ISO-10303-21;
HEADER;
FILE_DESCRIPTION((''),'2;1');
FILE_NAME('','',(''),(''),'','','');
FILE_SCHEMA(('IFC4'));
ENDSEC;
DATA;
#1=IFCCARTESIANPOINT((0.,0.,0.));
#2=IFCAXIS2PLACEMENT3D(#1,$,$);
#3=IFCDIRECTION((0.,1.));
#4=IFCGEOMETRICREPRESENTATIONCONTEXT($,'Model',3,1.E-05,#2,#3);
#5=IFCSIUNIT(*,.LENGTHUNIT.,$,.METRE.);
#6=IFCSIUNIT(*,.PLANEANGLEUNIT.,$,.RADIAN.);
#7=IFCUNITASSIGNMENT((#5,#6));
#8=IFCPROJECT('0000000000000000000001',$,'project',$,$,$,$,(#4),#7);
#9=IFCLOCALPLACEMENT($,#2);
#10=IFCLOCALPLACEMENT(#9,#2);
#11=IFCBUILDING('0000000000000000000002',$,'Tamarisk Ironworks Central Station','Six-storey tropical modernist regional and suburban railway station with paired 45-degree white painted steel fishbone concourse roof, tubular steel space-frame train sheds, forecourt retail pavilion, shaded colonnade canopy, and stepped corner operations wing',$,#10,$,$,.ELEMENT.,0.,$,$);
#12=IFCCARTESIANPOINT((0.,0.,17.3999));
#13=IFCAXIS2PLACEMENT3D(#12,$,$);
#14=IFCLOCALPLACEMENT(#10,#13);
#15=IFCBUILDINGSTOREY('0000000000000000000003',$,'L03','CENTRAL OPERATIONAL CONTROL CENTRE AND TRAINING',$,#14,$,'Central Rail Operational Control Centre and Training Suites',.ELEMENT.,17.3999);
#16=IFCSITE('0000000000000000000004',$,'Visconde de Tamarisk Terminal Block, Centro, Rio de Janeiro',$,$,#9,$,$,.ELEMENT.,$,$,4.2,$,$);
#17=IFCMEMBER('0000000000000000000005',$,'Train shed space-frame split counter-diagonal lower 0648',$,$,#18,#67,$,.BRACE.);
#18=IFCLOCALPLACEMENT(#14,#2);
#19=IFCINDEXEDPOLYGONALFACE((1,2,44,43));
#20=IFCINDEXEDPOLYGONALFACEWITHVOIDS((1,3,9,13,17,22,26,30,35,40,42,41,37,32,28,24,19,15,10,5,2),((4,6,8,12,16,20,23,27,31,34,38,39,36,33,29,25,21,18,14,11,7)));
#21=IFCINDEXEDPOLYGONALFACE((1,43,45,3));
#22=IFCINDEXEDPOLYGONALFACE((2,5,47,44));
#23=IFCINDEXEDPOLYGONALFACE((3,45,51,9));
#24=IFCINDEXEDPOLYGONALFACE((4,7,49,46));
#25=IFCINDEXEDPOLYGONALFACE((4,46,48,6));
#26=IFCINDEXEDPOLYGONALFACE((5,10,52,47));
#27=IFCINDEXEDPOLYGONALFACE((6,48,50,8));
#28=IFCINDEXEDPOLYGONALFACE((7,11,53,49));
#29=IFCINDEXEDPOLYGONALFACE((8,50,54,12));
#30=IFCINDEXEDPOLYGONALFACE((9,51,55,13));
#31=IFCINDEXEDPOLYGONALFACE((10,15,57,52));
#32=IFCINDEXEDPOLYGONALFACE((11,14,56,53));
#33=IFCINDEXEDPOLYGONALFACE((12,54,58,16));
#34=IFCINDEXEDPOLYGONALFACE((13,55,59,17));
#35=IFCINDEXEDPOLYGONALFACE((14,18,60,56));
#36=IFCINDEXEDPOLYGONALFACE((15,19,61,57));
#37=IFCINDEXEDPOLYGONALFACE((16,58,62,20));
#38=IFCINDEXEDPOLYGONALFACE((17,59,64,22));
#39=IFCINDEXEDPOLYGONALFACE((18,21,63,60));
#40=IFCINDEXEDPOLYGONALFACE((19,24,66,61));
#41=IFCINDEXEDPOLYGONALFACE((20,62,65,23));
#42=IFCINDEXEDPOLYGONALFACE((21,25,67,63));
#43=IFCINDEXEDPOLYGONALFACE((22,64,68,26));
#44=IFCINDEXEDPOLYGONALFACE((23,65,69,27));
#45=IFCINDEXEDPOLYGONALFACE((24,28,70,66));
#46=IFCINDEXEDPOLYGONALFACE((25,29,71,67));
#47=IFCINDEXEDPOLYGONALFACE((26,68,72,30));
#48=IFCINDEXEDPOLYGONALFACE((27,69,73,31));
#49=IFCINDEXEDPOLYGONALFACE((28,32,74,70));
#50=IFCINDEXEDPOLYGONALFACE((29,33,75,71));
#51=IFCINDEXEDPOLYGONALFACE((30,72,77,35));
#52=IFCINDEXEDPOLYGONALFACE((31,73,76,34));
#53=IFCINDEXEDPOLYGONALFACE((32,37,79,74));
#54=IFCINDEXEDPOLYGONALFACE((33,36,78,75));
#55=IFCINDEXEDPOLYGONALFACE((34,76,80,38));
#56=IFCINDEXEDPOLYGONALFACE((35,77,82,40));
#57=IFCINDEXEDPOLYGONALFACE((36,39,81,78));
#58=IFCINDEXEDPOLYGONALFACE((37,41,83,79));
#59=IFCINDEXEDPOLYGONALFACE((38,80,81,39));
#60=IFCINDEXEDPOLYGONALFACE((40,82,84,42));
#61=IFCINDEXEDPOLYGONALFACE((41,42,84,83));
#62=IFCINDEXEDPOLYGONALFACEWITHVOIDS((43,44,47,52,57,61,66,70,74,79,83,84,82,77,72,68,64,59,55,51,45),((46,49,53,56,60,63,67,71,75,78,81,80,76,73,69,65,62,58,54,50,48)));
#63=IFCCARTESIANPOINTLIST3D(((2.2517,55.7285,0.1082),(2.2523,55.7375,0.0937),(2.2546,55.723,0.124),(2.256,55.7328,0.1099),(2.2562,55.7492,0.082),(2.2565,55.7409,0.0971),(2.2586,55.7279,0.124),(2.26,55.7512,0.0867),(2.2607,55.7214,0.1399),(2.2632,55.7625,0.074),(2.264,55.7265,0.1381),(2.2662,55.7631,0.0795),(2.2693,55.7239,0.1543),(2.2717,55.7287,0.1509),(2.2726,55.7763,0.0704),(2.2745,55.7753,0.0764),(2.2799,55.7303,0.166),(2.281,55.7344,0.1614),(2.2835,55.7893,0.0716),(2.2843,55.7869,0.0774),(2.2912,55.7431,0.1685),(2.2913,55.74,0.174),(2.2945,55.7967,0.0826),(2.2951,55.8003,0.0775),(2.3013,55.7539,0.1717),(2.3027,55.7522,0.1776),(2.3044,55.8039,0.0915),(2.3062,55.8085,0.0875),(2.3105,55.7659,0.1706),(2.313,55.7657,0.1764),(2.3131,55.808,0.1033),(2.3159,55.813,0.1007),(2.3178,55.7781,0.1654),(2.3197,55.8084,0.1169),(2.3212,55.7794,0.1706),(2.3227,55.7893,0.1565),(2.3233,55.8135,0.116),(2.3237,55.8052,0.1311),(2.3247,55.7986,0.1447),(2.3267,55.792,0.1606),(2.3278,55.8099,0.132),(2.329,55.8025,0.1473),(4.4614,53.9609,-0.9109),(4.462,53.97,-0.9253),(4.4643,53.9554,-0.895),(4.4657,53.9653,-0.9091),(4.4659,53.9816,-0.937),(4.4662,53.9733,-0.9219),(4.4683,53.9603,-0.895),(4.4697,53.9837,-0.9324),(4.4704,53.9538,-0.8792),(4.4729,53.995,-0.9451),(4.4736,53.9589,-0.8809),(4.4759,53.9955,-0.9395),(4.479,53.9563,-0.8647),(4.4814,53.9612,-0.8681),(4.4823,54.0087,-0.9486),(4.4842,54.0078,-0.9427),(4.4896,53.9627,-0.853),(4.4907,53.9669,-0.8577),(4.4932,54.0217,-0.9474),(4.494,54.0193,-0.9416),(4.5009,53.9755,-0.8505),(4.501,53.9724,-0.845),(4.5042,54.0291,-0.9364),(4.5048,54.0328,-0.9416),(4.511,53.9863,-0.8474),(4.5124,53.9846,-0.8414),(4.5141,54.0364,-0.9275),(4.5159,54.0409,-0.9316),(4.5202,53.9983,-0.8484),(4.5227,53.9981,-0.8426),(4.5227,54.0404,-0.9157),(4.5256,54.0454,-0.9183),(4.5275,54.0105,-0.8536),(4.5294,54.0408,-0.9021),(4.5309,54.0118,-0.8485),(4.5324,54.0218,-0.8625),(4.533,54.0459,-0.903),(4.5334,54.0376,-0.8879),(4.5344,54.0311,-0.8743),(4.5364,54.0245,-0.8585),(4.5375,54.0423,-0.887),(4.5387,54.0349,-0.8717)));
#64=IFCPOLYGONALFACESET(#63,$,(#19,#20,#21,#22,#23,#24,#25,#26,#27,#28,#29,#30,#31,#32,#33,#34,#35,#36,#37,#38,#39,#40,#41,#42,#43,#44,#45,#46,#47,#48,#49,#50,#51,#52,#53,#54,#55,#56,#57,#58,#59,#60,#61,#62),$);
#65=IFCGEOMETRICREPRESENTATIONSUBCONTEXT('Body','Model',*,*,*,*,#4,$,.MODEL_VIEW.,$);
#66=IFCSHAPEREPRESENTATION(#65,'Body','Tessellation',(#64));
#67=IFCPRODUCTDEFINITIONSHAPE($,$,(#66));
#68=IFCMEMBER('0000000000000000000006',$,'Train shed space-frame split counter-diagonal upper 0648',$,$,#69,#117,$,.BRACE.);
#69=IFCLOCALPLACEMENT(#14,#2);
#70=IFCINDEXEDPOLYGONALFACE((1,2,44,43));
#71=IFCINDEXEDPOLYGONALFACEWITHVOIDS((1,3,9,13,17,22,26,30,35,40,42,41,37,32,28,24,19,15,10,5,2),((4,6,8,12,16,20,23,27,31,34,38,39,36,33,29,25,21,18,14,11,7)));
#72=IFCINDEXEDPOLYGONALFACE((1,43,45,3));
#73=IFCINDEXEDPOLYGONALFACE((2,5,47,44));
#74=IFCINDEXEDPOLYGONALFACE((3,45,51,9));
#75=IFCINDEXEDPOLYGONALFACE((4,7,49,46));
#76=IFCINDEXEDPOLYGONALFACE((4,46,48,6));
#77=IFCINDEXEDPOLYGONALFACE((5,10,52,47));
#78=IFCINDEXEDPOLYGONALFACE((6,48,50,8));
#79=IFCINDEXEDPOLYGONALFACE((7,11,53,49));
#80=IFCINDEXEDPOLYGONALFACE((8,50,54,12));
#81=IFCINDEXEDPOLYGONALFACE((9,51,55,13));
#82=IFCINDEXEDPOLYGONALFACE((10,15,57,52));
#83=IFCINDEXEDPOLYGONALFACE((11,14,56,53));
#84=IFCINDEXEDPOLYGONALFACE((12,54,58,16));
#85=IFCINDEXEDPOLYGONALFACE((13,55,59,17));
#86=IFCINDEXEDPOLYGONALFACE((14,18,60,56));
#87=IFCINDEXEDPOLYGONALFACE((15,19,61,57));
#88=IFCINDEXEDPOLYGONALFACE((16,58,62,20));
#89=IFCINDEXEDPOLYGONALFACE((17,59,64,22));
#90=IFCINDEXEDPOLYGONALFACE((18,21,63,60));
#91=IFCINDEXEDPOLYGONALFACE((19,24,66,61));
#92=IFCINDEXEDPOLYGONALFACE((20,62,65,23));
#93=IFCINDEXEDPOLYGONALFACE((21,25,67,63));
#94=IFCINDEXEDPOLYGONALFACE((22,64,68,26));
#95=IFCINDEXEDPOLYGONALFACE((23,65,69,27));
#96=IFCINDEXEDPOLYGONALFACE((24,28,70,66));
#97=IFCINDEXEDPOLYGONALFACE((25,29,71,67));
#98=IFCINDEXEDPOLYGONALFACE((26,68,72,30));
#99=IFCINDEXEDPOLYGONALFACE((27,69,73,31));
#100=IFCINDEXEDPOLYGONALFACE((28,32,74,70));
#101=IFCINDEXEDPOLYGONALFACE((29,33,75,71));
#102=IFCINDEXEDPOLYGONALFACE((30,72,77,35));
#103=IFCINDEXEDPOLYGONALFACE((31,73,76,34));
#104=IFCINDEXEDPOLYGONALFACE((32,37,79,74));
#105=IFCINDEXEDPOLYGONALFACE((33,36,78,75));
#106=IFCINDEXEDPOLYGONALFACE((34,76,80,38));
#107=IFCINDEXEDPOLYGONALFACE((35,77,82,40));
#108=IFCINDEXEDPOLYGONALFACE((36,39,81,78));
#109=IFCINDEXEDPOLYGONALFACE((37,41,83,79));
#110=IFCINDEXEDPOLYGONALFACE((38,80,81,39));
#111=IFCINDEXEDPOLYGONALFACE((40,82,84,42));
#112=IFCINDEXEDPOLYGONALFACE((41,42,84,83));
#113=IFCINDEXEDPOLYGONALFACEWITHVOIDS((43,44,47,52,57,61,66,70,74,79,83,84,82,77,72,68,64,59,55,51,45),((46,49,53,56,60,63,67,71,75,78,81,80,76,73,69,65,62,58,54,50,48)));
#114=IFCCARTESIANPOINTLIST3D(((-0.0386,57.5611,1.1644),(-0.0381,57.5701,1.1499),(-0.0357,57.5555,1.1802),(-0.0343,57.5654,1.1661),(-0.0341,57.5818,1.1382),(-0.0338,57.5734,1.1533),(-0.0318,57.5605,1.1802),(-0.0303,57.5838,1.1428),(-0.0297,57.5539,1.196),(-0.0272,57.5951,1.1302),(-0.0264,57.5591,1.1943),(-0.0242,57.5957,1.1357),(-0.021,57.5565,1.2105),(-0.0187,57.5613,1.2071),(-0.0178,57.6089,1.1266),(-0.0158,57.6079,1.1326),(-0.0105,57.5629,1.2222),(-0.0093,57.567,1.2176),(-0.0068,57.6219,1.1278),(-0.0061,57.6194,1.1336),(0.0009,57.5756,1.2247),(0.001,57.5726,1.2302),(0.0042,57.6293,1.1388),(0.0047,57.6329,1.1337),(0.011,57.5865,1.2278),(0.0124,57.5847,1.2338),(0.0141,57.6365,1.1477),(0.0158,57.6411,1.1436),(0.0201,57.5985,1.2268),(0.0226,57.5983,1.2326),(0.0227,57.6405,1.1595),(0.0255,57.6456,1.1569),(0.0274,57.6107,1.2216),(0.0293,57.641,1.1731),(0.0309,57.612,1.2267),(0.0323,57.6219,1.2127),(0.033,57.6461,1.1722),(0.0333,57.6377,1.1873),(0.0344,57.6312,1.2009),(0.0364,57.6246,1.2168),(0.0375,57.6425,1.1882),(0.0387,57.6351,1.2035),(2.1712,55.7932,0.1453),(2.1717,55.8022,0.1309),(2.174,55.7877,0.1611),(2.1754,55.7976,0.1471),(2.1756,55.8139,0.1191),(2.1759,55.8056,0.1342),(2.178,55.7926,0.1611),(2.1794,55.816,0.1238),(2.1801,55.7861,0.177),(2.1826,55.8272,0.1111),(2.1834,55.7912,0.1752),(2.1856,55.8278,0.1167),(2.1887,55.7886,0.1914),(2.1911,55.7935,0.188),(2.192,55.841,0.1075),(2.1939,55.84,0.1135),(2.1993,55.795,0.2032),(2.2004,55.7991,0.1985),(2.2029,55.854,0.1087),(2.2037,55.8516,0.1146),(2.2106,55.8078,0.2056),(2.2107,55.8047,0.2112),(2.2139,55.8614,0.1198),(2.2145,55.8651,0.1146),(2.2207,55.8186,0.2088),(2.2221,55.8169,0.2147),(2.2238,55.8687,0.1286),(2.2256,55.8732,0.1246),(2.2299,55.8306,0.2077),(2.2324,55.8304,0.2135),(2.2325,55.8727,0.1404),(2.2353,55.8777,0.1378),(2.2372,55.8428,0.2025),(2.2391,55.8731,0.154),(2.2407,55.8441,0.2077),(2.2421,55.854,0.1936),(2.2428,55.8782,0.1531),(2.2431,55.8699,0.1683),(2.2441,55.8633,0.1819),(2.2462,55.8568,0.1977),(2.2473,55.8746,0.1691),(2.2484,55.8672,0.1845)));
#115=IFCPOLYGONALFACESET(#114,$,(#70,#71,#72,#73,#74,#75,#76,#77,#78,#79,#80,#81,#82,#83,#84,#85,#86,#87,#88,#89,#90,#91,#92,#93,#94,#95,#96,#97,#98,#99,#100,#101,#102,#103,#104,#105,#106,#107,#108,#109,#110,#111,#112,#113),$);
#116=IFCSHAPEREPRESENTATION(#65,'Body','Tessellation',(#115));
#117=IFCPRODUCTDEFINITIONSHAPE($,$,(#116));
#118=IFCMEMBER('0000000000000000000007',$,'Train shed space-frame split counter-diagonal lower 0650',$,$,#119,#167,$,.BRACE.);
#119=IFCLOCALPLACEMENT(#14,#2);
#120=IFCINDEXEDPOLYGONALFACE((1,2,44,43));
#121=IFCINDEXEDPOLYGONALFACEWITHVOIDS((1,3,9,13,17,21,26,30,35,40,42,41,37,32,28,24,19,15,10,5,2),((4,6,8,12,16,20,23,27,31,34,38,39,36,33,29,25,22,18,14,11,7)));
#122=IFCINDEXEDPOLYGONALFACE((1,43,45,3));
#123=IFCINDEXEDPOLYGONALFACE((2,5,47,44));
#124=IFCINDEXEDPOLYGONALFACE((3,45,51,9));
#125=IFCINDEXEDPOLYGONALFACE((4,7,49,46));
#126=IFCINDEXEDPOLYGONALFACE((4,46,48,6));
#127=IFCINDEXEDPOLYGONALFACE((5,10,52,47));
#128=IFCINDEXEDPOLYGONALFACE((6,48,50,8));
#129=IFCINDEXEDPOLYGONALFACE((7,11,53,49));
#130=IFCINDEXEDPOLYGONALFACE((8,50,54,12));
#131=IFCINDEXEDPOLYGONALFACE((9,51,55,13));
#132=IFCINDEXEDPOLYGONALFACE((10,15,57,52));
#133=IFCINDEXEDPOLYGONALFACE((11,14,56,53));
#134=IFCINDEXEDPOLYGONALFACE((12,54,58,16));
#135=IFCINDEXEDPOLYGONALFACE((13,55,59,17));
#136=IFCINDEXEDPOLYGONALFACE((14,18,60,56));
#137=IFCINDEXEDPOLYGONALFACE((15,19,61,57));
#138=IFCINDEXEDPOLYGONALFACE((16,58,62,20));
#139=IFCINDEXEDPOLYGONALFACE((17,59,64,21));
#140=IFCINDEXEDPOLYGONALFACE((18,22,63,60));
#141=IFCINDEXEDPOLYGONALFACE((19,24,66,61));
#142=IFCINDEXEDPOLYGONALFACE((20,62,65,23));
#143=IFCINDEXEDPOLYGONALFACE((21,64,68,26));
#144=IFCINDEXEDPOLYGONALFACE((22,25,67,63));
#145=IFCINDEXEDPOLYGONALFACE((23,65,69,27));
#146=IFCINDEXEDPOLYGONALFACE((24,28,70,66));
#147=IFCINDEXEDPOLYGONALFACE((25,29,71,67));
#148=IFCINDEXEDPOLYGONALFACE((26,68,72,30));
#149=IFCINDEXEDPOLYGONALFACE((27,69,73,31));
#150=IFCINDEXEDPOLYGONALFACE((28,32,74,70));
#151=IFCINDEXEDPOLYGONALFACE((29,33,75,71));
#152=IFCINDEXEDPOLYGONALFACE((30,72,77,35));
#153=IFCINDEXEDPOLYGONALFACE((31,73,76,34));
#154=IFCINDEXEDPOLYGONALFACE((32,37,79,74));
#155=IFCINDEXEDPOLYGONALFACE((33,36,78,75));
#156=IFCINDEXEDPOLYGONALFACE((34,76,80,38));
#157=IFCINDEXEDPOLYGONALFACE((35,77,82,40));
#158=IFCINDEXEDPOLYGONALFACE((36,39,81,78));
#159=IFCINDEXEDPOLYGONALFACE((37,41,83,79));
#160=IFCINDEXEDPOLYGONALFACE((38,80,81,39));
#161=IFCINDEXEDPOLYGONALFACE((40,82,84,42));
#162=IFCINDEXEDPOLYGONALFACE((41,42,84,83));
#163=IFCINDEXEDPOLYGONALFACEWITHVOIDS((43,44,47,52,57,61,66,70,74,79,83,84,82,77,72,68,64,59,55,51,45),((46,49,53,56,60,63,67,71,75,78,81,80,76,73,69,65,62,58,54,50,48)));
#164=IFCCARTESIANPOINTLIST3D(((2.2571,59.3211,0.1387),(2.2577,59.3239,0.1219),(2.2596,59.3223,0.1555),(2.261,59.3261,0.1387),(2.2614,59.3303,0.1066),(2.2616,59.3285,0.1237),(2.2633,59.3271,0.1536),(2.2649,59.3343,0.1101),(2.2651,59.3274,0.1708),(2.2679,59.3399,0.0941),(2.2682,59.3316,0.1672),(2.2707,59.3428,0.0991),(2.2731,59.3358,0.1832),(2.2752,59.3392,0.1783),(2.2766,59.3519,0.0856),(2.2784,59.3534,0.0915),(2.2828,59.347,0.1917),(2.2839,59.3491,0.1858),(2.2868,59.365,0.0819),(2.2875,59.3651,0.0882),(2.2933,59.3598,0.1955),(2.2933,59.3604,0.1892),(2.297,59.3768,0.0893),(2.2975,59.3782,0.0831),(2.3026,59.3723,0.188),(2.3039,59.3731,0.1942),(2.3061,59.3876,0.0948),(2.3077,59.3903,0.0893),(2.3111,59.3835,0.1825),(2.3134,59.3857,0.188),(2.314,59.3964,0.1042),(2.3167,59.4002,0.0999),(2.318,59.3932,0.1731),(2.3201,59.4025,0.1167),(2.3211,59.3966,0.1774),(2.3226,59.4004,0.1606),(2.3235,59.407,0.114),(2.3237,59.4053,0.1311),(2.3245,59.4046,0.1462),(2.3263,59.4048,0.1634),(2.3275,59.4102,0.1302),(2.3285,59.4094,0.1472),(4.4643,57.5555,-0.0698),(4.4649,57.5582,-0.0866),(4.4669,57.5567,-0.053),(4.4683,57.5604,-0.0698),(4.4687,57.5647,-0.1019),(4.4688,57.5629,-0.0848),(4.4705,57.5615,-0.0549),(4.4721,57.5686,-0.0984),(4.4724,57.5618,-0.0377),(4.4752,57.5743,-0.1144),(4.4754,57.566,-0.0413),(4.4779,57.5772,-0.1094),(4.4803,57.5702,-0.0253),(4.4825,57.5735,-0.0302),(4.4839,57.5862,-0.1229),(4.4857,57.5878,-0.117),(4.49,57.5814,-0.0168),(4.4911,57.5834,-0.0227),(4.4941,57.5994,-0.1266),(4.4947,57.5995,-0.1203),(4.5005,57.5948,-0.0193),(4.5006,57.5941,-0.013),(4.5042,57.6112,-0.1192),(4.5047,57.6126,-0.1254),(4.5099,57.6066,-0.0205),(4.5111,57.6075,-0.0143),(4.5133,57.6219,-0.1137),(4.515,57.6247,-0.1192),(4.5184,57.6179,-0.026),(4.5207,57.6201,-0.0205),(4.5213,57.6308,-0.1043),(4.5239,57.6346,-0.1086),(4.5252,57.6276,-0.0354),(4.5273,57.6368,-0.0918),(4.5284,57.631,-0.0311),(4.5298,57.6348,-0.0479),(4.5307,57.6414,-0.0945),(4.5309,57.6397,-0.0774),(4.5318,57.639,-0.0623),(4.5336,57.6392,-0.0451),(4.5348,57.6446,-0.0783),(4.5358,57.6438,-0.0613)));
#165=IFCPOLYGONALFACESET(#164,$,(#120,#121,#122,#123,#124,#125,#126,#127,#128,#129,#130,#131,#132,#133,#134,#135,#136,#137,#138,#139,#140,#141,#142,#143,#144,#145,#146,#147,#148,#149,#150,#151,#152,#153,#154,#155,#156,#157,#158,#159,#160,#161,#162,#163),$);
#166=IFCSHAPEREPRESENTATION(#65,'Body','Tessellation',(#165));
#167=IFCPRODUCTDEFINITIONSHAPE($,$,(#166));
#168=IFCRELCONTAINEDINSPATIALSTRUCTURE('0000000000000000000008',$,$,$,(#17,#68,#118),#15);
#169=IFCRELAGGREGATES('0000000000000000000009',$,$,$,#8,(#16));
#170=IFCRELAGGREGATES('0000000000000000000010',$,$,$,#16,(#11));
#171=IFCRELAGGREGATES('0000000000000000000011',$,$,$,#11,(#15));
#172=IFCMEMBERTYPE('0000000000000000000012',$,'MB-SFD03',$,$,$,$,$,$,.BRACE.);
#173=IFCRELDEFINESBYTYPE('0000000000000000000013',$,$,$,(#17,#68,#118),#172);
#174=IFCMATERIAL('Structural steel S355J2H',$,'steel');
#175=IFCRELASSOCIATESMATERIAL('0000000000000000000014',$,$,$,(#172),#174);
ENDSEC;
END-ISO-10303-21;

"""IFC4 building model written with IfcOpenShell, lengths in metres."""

from ifc_helpers import new_model, si_unit, direction, frame, origin, origin_2d, place, context, subcontext, project, spatial, hollow_circle, extrude, material, material_profile, profile_set, type_object, element, save


model = new_model("IFC4")

# Units and contexts
model_context = context("Model", 3, precision=1e-05, world=origin(), true_north=direction((0.0, 1.0)))
body_context = subcontext(model_context, "Body", "Model", "MODEL_VIEW")
ifc_project = project(units=[si_unit("LENGTHUNIT", "METRE"), si_unit("PLANEANGLEUNIT", "RADIAN")], contexts=[model_context])

# Site, building, storey
site_placement = place(None, origin())
site = spatial("IfcSite", under=ifc_project, at=site_placement, Name="Visconde de Tamarisk Terminal Block, Centro, Rio de Janeiro", CompositionType="ELEMENT", RefElevation=4.2)
building_placement = place(site_placement, origin())
building = spatial("IfcBuilding", under=site, at=building_placement, Name="Tamarisk Ironworks Central Station", Description="Six-storey tropical modernist regional and suburban railway station with paired 45-degree white painted steel fishbone concourse roof, tubular steel space-frame train sheds, forecourt retail pavilion, shaded colonnade canopy, and stepped corner operations wing", CompositionType="ELEMENT", ElevationOfRefHeight=0.0)
storey_placement = place(building_placement, frame((0.0, 0.0, 17.3999)))
storey = spatial("IfcBuildingStorey", under=building, at=storey_placement, Name="L03", Description="CENTRAL OPERATIONAL CONTROL CENTRE AND TRAINING", LongName="Central Rail Operational Control Centre and Training Suites", CompositionType="ELEMENT", Elevation=17.3999)

# Members
ifc_material_1 = material(Name="Structural steel S355J2H", Category="steel")
ifc_material_profile_1 = material_profile(ifc_material_1, hollow_circle(Radius=0.0571, WallThickness=0.0063, at=origin_2d()), Name="CHS 114.3x6.3")
ifc_profile_set_1 = profile_set([ifc_material_profile_1], Name="Structural steel S355J2H")
member_type_1 = type_object("IfcMemberType", Name="MB-SFD03", PredefinedType="BRACE", material=ifc_profile_set_1)
for number, where, z_axis, x_axis, name in (
    (1, (4.5, 54.0, -0.895), (-0.734712, 0.587705, 0.338823), (-0.624653, -0.780902, 0.0), "Train shed space-frame split counter-diagonal lower 0648"),
):
    element("IfcMember", number, at=place(storey_placement, frame(where, z_axis=z_axis, x_axis=x_axis)), inside=storey, type_object=member_type_1, Name=name, PredefinedType="BRACE", context=body_context, shape_type="SweptSolid", body=[
        extrude(hollow_circle(Radius=0.0571, WallThickness=0.0063, at=origin_2d()), origin(), (0.0, 0.0, 1.0), 3.0076),
    ])
member_1_placement = place(storey_placement, frame((2.2097, 55.8323, 0.1611), z_axis=(-0.734677, 0.587758, 0.338807), x_axis=(-0.624706, -0.78086, 0.0)))
element("IfcMember", 2, at=member_1_placement, inside=storey, type_object=member_type_1, Name="Train shed space-frame split counter-diagonal upper 0648", PredefinedType="BRACE", context=body_context, shape_type="SweptSolid", body=[
    extrude(hollow_circle(Radius=0.0571, WallThickness=0.0063, at=origin_2d()), origin(), (0.0, 0.0, 1.0), 3.0078),
])
member_2_placement = place(storey_placement, frame((4.5, 57.6001, -0.0698), z_axis=(-0.778787, 0.62296, 0.073563), x_axis=(-0.624653, -0.780903, 0.0)))
element("IfcMember", 3, at=member_2_placement, inside=storey, type_object=member_type_1, Name="Train shed space-frame split counter-diagonal lower 0650", PredefinedType="BRACE", context=body_context, shape_type="SweptSolid", body=[
    extrude(hollow_circle(Radius=0.0571, WallThickness=0.0063, at=origin_2d()), origin(), (0.0, 0.0, 1.0), 2.8342),
])

save(model, "model.ifc")
